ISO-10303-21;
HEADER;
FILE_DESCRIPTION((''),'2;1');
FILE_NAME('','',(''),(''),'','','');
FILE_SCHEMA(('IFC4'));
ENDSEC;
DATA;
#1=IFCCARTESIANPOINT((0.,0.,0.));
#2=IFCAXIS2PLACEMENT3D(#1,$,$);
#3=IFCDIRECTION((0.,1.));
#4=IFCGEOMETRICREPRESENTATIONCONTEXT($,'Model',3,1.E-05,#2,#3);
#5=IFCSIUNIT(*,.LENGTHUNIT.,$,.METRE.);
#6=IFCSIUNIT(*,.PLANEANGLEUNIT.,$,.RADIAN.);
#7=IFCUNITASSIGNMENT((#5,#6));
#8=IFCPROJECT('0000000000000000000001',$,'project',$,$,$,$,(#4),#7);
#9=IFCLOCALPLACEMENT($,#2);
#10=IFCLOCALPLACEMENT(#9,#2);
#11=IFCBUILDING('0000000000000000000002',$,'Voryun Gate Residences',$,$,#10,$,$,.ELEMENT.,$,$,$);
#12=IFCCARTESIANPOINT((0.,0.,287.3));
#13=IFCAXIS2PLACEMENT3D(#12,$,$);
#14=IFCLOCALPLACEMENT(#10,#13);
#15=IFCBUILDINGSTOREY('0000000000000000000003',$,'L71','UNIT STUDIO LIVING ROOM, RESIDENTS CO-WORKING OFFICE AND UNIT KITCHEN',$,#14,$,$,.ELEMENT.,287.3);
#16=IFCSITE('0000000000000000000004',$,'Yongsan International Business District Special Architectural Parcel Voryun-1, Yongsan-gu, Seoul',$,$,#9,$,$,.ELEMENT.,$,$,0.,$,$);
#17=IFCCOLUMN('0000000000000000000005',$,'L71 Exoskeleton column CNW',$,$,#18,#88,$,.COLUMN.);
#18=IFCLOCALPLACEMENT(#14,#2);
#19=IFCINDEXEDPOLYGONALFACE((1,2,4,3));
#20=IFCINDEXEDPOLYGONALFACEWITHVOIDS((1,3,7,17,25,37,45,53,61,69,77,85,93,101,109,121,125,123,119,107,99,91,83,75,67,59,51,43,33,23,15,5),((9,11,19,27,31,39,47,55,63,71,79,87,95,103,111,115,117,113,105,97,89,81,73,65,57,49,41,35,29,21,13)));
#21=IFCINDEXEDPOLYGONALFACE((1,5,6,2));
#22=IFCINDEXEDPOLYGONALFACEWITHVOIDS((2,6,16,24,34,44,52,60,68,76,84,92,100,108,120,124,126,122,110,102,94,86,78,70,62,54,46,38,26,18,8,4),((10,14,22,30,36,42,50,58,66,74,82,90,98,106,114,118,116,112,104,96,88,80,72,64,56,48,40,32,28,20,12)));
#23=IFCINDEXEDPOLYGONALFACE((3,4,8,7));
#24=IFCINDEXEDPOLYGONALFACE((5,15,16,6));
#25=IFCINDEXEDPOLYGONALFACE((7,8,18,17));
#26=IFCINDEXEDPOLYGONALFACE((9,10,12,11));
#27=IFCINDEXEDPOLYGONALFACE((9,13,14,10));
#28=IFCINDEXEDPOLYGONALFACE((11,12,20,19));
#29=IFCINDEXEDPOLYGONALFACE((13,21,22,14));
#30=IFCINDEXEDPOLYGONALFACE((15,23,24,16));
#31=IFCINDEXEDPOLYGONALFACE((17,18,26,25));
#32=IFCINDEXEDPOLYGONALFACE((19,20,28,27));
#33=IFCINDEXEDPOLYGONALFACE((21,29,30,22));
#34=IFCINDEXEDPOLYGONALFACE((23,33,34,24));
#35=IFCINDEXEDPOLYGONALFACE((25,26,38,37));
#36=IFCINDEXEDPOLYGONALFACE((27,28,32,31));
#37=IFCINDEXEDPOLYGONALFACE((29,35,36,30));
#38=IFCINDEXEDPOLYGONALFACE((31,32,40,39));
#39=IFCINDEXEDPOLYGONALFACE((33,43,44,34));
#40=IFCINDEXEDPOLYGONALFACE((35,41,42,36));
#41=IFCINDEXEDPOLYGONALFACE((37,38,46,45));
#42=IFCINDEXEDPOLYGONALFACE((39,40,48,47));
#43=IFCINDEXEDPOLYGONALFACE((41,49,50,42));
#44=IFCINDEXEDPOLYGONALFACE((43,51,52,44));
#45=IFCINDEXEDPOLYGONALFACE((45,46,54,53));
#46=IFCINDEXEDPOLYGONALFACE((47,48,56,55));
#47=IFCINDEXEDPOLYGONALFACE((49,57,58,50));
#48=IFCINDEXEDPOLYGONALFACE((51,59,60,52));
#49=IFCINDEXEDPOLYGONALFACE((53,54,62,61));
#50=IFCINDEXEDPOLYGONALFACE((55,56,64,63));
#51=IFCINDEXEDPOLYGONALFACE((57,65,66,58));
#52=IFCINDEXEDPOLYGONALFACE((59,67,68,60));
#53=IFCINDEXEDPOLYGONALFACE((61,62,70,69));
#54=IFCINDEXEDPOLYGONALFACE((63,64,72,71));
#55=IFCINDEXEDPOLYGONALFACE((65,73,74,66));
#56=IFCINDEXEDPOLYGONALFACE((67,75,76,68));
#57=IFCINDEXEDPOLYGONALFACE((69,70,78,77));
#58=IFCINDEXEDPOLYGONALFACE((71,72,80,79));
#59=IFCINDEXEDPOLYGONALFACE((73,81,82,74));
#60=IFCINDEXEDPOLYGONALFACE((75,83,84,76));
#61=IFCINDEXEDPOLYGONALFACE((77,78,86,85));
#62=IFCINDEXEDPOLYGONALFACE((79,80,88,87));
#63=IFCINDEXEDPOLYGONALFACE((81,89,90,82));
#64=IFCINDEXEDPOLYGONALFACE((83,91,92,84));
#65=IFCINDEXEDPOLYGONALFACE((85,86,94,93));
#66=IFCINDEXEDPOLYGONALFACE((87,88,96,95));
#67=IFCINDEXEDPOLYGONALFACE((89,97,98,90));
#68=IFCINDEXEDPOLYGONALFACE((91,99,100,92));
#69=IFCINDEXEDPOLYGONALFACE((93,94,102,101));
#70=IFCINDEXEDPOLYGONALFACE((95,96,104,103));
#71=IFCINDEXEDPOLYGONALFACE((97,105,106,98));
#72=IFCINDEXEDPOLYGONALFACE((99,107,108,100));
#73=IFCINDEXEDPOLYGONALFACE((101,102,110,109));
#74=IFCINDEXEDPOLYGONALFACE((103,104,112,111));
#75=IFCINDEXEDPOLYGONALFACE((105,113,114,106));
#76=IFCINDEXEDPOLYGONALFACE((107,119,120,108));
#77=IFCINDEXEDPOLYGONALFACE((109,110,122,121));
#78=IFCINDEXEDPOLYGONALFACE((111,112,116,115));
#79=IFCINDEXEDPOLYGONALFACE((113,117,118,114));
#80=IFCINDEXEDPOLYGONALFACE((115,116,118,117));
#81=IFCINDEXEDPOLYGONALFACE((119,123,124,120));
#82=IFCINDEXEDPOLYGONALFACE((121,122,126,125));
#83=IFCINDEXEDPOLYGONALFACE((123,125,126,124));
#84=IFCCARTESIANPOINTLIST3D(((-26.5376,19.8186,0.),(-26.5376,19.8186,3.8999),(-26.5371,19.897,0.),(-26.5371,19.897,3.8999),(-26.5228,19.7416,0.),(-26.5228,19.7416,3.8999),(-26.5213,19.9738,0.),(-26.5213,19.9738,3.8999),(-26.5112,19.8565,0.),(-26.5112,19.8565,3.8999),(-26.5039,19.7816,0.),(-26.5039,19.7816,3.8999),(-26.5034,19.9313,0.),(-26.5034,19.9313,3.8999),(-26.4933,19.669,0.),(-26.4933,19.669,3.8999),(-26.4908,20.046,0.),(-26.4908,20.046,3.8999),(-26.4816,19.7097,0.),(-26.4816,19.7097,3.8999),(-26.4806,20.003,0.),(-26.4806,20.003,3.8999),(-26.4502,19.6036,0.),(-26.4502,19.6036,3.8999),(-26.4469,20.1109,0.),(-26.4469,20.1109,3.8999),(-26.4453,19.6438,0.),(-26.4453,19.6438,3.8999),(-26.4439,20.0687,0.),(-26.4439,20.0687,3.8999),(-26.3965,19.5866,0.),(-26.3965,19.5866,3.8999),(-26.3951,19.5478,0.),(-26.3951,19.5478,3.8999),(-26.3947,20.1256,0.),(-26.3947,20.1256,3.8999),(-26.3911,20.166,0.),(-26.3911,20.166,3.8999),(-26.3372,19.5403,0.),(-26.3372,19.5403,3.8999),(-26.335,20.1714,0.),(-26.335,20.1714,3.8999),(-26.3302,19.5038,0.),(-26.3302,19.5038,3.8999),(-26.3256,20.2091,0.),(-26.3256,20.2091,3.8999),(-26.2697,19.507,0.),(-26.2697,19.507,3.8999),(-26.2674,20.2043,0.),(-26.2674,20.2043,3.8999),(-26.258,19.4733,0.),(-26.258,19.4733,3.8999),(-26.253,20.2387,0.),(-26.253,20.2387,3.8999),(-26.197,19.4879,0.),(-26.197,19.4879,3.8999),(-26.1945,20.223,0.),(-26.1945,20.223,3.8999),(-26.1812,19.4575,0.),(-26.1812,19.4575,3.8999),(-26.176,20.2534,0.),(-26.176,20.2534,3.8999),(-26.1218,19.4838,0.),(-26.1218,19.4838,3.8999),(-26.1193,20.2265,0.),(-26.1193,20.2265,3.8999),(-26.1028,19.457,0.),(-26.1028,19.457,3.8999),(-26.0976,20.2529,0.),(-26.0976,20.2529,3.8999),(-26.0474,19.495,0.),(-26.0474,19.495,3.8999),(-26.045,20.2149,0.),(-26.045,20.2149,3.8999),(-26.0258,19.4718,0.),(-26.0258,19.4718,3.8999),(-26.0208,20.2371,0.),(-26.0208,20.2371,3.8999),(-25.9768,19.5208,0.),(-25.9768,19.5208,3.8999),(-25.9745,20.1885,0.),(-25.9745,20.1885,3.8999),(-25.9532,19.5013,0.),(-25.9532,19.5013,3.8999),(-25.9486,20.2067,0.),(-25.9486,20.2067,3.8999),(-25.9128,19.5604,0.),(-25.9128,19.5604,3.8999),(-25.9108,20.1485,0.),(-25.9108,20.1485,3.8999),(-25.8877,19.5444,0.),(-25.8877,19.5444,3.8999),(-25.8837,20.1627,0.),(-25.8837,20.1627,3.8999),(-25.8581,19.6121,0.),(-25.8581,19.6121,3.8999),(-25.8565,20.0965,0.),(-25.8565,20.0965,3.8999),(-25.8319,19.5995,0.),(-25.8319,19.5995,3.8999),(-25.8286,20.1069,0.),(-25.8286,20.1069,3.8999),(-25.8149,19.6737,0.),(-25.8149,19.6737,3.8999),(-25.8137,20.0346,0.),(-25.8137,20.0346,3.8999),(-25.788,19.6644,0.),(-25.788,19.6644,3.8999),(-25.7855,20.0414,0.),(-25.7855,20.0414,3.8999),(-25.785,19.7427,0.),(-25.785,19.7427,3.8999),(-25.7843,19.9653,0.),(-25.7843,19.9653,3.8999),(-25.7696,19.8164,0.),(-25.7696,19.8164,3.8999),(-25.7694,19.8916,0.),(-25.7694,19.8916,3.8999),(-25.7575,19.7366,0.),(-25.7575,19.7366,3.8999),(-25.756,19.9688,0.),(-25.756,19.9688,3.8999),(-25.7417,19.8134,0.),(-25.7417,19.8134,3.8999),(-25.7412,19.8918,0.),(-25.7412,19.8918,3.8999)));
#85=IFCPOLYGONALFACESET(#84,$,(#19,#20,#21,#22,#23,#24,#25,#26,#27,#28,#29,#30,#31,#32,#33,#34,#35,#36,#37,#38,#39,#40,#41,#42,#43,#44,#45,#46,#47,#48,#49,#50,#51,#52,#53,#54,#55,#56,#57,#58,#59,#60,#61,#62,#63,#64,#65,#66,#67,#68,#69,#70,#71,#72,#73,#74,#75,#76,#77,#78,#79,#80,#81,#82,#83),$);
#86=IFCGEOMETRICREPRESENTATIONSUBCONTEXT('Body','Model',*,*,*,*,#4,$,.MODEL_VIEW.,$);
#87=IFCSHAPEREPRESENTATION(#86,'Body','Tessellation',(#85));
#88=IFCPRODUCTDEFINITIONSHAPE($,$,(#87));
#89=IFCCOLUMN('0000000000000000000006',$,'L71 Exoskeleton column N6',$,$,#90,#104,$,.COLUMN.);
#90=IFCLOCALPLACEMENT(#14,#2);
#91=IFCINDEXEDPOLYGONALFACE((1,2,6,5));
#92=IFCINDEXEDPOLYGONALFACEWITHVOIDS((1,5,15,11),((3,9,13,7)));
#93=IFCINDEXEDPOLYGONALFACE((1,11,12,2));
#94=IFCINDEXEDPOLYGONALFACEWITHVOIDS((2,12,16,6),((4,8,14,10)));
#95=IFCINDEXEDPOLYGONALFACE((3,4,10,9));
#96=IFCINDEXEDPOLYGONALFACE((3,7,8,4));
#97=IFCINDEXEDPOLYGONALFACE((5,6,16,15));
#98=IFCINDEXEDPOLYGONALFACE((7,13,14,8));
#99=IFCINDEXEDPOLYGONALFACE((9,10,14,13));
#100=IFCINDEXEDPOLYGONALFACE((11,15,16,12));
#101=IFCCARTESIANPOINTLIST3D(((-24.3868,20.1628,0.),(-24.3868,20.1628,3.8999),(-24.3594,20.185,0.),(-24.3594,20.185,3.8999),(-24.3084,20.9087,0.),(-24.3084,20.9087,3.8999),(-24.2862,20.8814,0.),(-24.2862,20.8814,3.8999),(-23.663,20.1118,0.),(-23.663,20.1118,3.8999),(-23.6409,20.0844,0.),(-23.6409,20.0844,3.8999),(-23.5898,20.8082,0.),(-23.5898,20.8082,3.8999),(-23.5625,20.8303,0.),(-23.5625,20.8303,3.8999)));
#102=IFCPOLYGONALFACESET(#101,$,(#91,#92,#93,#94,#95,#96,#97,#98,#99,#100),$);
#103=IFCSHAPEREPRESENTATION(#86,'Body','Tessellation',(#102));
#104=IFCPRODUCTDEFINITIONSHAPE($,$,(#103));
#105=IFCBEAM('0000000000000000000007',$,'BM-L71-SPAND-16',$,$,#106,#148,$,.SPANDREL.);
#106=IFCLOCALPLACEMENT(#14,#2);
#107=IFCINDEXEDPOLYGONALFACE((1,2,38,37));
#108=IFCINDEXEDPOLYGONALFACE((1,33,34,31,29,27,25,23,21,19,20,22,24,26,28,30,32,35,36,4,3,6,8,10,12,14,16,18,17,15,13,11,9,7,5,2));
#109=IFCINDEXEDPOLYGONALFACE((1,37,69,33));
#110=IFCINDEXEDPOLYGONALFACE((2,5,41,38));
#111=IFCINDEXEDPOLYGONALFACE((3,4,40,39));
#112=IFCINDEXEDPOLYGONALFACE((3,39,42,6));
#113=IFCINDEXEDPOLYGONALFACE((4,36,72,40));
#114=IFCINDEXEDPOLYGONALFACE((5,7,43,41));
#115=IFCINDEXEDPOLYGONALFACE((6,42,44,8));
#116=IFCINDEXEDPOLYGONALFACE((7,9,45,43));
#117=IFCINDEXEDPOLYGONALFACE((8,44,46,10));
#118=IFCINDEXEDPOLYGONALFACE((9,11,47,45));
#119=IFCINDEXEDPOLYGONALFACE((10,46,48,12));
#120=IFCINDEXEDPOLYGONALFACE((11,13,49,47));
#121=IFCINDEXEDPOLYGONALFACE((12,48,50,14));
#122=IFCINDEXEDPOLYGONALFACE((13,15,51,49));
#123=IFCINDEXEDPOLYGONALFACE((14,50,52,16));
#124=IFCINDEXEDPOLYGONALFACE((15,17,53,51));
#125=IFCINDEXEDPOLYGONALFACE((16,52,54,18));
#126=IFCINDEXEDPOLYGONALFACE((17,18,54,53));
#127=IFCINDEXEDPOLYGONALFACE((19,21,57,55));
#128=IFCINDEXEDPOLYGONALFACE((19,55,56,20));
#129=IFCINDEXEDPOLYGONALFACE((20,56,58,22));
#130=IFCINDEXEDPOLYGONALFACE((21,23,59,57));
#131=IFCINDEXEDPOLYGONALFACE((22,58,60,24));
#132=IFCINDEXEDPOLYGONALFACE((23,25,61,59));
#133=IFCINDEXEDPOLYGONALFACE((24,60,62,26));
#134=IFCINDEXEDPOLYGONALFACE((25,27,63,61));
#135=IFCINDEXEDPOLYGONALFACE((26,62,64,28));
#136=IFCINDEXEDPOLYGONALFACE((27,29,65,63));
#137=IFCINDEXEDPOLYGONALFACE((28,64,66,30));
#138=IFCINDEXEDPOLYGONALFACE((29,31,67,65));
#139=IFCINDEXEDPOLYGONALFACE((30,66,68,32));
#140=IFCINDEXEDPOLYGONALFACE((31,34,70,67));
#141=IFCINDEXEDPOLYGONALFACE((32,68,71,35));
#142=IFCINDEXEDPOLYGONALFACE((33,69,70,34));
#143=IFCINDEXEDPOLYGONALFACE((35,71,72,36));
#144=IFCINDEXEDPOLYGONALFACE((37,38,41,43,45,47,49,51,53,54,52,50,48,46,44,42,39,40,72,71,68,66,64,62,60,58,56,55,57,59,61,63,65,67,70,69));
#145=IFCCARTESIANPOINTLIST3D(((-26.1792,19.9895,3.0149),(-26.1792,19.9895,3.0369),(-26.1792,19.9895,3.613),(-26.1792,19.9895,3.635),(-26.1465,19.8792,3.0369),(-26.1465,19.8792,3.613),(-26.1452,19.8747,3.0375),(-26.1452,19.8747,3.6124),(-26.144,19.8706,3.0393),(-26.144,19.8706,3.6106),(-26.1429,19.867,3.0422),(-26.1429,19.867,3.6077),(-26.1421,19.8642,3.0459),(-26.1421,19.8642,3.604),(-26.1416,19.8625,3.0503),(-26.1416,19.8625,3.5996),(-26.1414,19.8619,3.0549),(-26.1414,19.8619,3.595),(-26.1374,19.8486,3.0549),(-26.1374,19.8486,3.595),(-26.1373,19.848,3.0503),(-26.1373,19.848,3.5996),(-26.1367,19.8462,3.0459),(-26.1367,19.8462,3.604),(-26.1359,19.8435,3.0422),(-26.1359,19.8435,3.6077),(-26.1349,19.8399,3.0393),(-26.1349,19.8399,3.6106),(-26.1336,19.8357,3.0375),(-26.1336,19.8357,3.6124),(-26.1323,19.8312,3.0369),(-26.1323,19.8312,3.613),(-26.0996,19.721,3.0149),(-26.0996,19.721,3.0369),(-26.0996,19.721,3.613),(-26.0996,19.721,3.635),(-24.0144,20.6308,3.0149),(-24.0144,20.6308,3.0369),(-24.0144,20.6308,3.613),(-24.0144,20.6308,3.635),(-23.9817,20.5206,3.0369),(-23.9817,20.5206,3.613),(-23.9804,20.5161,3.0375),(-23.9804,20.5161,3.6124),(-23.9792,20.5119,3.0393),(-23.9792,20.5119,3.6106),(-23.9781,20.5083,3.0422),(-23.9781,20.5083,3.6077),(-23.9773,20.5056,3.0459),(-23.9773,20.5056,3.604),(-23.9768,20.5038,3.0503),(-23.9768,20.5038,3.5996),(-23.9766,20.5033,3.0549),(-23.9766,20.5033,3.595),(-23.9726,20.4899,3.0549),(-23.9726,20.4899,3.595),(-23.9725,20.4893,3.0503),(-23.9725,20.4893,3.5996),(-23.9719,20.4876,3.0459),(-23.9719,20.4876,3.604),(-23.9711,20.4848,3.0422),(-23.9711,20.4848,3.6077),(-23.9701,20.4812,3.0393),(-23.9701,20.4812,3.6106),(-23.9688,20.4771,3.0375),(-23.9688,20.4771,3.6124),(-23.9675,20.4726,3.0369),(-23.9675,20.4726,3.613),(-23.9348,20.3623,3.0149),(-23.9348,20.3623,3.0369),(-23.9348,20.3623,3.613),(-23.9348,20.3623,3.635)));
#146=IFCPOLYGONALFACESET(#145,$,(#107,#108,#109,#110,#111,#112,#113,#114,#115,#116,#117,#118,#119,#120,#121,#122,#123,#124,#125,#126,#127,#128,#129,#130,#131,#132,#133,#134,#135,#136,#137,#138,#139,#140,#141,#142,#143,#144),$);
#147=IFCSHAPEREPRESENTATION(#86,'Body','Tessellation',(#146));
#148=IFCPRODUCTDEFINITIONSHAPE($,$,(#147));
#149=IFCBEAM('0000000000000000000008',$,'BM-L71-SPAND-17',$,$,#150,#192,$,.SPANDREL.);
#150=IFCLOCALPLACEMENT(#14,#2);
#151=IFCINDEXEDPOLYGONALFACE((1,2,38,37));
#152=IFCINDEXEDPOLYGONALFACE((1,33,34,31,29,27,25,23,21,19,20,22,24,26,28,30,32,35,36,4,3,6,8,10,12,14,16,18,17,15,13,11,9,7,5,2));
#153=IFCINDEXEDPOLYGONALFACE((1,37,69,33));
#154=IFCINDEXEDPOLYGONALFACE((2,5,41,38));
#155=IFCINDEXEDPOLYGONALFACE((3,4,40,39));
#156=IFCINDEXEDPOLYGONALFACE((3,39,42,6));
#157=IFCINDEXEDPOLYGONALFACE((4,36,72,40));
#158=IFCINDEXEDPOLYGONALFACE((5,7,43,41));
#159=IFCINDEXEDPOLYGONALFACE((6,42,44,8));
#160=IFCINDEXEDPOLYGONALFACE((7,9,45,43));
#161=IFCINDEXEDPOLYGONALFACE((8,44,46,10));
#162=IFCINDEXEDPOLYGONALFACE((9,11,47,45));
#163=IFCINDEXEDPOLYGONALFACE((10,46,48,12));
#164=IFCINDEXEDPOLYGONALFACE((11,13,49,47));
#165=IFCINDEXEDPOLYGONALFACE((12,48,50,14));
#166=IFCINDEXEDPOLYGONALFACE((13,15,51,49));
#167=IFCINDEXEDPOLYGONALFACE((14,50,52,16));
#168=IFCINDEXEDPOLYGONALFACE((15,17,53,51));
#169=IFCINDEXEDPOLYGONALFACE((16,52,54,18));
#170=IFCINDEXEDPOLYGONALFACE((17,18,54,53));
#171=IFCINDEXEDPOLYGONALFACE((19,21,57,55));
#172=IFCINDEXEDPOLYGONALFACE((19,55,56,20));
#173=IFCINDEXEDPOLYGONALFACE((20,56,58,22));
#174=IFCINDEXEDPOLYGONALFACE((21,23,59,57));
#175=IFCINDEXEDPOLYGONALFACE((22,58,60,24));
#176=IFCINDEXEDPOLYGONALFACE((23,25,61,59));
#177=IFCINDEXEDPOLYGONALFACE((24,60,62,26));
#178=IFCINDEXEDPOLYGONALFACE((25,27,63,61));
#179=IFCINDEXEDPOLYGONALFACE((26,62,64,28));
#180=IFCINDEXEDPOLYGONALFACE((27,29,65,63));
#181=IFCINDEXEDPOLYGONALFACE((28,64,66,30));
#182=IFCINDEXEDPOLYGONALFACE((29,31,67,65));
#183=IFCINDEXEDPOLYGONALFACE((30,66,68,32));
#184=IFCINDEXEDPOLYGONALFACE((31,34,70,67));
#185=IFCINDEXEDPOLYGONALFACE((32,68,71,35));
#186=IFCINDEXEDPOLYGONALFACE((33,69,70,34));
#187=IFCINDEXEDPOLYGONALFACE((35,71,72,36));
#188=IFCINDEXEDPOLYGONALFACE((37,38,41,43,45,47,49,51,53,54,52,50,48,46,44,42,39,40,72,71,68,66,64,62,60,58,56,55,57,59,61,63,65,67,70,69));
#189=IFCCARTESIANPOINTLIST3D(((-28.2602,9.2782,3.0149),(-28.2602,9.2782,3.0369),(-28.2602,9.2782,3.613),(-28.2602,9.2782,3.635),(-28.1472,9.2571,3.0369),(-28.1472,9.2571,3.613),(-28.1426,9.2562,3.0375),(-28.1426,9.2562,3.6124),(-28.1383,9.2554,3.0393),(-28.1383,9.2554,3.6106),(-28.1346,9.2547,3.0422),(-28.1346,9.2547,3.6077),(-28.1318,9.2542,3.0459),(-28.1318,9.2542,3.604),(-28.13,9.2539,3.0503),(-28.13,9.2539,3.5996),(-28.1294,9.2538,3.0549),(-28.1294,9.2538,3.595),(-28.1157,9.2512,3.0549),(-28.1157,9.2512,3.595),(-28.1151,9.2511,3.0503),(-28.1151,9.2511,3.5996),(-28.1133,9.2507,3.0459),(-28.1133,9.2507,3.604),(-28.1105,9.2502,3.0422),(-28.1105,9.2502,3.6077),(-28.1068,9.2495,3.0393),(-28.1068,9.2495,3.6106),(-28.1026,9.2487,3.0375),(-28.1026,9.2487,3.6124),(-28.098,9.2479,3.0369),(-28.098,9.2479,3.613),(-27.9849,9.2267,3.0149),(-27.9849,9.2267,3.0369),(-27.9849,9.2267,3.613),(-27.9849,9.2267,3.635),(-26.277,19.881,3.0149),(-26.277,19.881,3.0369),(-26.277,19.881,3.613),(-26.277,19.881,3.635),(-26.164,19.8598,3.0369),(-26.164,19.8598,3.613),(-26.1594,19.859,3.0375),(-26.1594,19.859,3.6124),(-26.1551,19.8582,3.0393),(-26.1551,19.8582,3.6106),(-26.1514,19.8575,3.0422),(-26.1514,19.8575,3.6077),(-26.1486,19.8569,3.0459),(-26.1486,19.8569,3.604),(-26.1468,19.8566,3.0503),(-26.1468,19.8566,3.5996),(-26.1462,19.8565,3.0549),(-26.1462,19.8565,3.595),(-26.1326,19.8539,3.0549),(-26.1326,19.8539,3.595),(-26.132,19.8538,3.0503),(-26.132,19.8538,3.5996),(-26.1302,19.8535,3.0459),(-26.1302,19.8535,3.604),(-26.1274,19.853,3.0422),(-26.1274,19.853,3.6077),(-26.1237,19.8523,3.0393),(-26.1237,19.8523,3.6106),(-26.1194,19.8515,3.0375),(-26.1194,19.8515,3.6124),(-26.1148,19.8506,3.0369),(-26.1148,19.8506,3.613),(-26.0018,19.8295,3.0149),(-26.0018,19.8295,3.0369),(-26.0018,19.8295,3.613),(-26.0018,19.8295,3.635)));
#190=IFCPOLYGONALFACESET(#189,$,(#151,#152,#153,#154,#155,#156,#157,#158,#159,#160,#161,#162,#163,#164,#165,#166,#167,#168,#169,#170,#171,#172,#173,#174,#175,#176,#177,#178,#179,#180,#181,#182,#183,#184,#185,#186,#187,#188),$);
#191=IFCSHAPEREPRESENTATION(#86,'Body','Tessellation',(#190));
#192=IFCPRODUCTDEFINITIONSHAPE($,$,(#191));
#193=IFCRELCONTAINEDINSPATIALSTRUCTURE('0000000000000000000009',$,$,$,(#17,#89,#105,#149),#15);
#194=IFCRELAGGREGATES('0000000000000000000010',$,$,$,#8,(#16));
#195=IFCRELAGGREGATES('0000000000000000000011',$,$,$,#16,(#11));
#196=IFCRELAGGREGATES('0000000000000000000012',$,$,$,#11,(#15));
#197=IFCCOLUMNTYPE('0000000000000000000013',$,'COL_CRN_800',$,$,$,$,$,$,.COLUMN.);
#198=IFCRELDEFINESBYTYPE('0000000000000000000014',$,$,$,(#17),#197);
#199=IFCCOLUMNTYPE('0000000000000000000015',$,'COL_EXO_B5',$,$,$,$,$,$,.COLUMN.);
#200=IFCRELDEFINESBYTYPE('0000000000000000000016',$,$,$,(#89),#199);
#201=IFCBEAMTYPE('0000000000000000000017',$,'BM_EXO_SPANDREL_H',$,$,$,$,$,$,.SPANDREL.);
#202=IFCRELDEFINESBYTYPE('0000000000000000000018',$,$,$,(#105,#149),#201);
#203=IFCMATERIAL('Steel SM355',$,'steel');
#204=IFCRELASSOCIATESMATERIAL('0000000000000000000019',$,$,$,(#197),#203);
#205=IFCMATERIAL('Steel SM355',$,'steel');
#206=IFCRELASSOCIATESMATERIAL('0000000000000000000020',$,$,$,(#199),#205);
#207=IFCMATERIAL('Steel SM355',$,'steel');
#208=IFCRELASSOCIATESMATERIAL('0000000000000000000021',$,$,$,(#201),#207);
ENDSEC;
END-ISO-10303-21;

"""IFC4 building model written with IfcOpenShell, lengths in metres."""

from ifc_helpers import new_model, si_unit, direction, frame, origin, origin_2d, place, context, subcontext, project, spatial, hollow_rectangle, hollow_circle, i_section, extrude, material, material_profile, profile_set, type_object, element, save


model = new_model("IFC4")

# Units and contexts
model_context = context("Model", 3, precision=1e-05, world=origin(), true_north=direction((0.0, 1.0)))
body_context = subcontext(model_context, "Body", "Model", "MODEL_VIEW")
ifc_project = project(units=[si_unit("LENGTHUNIT", "METRE"), si_unit("PLANEANGLEUNIT", "RADIAN")], contexts=[model_context])

# Site, building, storey
site_placement = place(None, origin())
site = spatial("IfcSite", under=ifc_project, at=site_placement, Name="Yongsan International Business District Special Architectural Parcel Voryun-1, Yongsan-gu, Seoul", CompositionType="ELEMENT", RefElevation=0.0)
building_placement = place(site_placement, origin())
building = spatial("IfcBuilding", under=site, at=building_placement, Name="Voryun Gate Residences", CompositionType="ELEMENT")
storey_placement = place(building_placement, frame((0.0, 0.0, 287.3)))
storey = spatial("IfcBuildingStorey", under=building, at=storey_placement, Name="L71", Description="UNIT STUDIO LIVING ROOM, RESIDENTS CO-WORKING OFFICE AND UNIT KITCHEN", CompositionType="ELEMENT", Elevation=287.3)

# Columns
ifc_material_1 = material(Name="Steel SM355", Category="steel")
ifc_material_profile_1 = material_profile(ifc_material_1, hollow_circle(Radius=0.3999, WallThickness=0.0281, at=origin_2d()), Name="CHS-800x28")
ifc_profile_set_1 = profile_set([ifc_material_profile_1], Name="Steel SM355")
column_type_1 = type_object("IfcColumnType", Name="COL_CRN_800", PredefinedType="COLUMN", material=ifc_profile_set_1)
column_1_placement = place(storey_placement, frame((-26.1394, 19.8552, 0.0), z_axis=(0.0, 0.0, 1.0), x_axis=(0.994522, -0.104528, 0.0)))
element("IfcColumn", 1, at=column_1_placement, inside=storey, type_object=column_type_1, Name="L71 Exoskeleton column CNW", PredefinedType="COLUMN", context=body_context, shape_type="SweptSolid", body=[
    extrude(hollow_circle(Radius=0.3999, WallThickness=0.0281, at=origin_2d()), origin(), (0.0, 0.0, 1.0), 3.8999),
])
ifc_material_2 = material(Name="Steel SM355", Category="steel")
ifc_material_profile_2 = material_profile(ifc_material_2, hollow_rectangle(XDim=0.75, YDim=0.75, WallThickness=0.0249, at=origin_2d()), Name="BOX-750x750x25")
ifc_profile_set_2 = profile_set([ifc_material_profile_2], Name="Steel SM355")
column_type_2 = type_object("IfcColumnType", Name="COL_EXO_B5", PredefinedType="COLUMN", material=ifc_profile_set_2)
column_2_placement = place(storey_placement, frame((-23.9746, 20.4966, 0.0), z_axis=(0.0, 0.0, 1.0), x_axis=(0.994522, -0.104528, 0.0)))
element("IfcColumn", 2, at=column_2_placement, inside=storey, type_object=column_type_2, Name="L71 Exoskeleton column N6", PredefinedType="COLUMN", context=body_context, shape_type="SweptSolid", body=[
    extrude(hollow_rectangle(XDim=0.75, YDim=0.75, WallThickness=0.0249, at=origin_2d()), origin(), (0.0, 0.0, 1.0), 3.8999),
])

# Beams
ifc_material_3 = material(Name="Steel SM355", Category="steel")
ifc_material_profile_3 = material_profile(ifc_material_3, i_section(OverallWidth=0.28, OverallDepth=0.6201, WebThickness=0.0139, FlangeThickness=0.022, FilletRadius=0.0181, at=origin_2d()), Name="H-620x280x14x22")
ifc_profile_set_3 = profile_set([ifc_material_profile_3], Name="Steel SM355")
beam_type = type_object("IfcBeamType", Name="BM_EXO_SPANDREL_H", PredefinedType="SPANDREL", material=ifc_profile_set_3)
beam_1_placement = place(storey_placement, frame((-23.9746, 20.4966, 3.325), z_axis=(-0.958806, -0.284063, 0.0), x_axis=(0.284063, -0.958806, 0.0)))
element("IfcBeam", 3, at=beam_1_placement, inside=storey, type_object=beam_type, Name="BM-L71-SPAND-16", PredefinedType="SPANDREL", context=body_context, shape_type="SweptSolid", body=[
    extrude(i_section(OverallWidth=0.28, OverallDepth=0.6201, WebThickness=0.0139, FlangeThickness=0.022, FilletRadius=0.0181, at=origin_2d()), origin(), (0.0, 0.0, 1.0), 2.2578),
])
beam_2_placement = place(storey_placement, frame((-26.1394, 19.8552, 3.325), z_axis=(-0.183853, -0.982954, 0.0), x_axis=(0.982954, -0.183853, 0.0)))
element("IfcBeam", 4, at=beam_2_placement, inside=storey, type_object=beam_type, Name="BM-L71-SPAND-17", PredefinedType="SPANDREL", context=body_context, shape_type="SweptSolid", body=[
    extrude(i_section(OverallWidth=0.28, OverallDepth=0.6201, WebThickness=0.0139, FlangeThickness=0.022, FilletRadius=0.0181, at=origin_2d()), origin(), (0.0, 0.0, 1.0), 10.7866),
])

save(model, "model.ifc")
